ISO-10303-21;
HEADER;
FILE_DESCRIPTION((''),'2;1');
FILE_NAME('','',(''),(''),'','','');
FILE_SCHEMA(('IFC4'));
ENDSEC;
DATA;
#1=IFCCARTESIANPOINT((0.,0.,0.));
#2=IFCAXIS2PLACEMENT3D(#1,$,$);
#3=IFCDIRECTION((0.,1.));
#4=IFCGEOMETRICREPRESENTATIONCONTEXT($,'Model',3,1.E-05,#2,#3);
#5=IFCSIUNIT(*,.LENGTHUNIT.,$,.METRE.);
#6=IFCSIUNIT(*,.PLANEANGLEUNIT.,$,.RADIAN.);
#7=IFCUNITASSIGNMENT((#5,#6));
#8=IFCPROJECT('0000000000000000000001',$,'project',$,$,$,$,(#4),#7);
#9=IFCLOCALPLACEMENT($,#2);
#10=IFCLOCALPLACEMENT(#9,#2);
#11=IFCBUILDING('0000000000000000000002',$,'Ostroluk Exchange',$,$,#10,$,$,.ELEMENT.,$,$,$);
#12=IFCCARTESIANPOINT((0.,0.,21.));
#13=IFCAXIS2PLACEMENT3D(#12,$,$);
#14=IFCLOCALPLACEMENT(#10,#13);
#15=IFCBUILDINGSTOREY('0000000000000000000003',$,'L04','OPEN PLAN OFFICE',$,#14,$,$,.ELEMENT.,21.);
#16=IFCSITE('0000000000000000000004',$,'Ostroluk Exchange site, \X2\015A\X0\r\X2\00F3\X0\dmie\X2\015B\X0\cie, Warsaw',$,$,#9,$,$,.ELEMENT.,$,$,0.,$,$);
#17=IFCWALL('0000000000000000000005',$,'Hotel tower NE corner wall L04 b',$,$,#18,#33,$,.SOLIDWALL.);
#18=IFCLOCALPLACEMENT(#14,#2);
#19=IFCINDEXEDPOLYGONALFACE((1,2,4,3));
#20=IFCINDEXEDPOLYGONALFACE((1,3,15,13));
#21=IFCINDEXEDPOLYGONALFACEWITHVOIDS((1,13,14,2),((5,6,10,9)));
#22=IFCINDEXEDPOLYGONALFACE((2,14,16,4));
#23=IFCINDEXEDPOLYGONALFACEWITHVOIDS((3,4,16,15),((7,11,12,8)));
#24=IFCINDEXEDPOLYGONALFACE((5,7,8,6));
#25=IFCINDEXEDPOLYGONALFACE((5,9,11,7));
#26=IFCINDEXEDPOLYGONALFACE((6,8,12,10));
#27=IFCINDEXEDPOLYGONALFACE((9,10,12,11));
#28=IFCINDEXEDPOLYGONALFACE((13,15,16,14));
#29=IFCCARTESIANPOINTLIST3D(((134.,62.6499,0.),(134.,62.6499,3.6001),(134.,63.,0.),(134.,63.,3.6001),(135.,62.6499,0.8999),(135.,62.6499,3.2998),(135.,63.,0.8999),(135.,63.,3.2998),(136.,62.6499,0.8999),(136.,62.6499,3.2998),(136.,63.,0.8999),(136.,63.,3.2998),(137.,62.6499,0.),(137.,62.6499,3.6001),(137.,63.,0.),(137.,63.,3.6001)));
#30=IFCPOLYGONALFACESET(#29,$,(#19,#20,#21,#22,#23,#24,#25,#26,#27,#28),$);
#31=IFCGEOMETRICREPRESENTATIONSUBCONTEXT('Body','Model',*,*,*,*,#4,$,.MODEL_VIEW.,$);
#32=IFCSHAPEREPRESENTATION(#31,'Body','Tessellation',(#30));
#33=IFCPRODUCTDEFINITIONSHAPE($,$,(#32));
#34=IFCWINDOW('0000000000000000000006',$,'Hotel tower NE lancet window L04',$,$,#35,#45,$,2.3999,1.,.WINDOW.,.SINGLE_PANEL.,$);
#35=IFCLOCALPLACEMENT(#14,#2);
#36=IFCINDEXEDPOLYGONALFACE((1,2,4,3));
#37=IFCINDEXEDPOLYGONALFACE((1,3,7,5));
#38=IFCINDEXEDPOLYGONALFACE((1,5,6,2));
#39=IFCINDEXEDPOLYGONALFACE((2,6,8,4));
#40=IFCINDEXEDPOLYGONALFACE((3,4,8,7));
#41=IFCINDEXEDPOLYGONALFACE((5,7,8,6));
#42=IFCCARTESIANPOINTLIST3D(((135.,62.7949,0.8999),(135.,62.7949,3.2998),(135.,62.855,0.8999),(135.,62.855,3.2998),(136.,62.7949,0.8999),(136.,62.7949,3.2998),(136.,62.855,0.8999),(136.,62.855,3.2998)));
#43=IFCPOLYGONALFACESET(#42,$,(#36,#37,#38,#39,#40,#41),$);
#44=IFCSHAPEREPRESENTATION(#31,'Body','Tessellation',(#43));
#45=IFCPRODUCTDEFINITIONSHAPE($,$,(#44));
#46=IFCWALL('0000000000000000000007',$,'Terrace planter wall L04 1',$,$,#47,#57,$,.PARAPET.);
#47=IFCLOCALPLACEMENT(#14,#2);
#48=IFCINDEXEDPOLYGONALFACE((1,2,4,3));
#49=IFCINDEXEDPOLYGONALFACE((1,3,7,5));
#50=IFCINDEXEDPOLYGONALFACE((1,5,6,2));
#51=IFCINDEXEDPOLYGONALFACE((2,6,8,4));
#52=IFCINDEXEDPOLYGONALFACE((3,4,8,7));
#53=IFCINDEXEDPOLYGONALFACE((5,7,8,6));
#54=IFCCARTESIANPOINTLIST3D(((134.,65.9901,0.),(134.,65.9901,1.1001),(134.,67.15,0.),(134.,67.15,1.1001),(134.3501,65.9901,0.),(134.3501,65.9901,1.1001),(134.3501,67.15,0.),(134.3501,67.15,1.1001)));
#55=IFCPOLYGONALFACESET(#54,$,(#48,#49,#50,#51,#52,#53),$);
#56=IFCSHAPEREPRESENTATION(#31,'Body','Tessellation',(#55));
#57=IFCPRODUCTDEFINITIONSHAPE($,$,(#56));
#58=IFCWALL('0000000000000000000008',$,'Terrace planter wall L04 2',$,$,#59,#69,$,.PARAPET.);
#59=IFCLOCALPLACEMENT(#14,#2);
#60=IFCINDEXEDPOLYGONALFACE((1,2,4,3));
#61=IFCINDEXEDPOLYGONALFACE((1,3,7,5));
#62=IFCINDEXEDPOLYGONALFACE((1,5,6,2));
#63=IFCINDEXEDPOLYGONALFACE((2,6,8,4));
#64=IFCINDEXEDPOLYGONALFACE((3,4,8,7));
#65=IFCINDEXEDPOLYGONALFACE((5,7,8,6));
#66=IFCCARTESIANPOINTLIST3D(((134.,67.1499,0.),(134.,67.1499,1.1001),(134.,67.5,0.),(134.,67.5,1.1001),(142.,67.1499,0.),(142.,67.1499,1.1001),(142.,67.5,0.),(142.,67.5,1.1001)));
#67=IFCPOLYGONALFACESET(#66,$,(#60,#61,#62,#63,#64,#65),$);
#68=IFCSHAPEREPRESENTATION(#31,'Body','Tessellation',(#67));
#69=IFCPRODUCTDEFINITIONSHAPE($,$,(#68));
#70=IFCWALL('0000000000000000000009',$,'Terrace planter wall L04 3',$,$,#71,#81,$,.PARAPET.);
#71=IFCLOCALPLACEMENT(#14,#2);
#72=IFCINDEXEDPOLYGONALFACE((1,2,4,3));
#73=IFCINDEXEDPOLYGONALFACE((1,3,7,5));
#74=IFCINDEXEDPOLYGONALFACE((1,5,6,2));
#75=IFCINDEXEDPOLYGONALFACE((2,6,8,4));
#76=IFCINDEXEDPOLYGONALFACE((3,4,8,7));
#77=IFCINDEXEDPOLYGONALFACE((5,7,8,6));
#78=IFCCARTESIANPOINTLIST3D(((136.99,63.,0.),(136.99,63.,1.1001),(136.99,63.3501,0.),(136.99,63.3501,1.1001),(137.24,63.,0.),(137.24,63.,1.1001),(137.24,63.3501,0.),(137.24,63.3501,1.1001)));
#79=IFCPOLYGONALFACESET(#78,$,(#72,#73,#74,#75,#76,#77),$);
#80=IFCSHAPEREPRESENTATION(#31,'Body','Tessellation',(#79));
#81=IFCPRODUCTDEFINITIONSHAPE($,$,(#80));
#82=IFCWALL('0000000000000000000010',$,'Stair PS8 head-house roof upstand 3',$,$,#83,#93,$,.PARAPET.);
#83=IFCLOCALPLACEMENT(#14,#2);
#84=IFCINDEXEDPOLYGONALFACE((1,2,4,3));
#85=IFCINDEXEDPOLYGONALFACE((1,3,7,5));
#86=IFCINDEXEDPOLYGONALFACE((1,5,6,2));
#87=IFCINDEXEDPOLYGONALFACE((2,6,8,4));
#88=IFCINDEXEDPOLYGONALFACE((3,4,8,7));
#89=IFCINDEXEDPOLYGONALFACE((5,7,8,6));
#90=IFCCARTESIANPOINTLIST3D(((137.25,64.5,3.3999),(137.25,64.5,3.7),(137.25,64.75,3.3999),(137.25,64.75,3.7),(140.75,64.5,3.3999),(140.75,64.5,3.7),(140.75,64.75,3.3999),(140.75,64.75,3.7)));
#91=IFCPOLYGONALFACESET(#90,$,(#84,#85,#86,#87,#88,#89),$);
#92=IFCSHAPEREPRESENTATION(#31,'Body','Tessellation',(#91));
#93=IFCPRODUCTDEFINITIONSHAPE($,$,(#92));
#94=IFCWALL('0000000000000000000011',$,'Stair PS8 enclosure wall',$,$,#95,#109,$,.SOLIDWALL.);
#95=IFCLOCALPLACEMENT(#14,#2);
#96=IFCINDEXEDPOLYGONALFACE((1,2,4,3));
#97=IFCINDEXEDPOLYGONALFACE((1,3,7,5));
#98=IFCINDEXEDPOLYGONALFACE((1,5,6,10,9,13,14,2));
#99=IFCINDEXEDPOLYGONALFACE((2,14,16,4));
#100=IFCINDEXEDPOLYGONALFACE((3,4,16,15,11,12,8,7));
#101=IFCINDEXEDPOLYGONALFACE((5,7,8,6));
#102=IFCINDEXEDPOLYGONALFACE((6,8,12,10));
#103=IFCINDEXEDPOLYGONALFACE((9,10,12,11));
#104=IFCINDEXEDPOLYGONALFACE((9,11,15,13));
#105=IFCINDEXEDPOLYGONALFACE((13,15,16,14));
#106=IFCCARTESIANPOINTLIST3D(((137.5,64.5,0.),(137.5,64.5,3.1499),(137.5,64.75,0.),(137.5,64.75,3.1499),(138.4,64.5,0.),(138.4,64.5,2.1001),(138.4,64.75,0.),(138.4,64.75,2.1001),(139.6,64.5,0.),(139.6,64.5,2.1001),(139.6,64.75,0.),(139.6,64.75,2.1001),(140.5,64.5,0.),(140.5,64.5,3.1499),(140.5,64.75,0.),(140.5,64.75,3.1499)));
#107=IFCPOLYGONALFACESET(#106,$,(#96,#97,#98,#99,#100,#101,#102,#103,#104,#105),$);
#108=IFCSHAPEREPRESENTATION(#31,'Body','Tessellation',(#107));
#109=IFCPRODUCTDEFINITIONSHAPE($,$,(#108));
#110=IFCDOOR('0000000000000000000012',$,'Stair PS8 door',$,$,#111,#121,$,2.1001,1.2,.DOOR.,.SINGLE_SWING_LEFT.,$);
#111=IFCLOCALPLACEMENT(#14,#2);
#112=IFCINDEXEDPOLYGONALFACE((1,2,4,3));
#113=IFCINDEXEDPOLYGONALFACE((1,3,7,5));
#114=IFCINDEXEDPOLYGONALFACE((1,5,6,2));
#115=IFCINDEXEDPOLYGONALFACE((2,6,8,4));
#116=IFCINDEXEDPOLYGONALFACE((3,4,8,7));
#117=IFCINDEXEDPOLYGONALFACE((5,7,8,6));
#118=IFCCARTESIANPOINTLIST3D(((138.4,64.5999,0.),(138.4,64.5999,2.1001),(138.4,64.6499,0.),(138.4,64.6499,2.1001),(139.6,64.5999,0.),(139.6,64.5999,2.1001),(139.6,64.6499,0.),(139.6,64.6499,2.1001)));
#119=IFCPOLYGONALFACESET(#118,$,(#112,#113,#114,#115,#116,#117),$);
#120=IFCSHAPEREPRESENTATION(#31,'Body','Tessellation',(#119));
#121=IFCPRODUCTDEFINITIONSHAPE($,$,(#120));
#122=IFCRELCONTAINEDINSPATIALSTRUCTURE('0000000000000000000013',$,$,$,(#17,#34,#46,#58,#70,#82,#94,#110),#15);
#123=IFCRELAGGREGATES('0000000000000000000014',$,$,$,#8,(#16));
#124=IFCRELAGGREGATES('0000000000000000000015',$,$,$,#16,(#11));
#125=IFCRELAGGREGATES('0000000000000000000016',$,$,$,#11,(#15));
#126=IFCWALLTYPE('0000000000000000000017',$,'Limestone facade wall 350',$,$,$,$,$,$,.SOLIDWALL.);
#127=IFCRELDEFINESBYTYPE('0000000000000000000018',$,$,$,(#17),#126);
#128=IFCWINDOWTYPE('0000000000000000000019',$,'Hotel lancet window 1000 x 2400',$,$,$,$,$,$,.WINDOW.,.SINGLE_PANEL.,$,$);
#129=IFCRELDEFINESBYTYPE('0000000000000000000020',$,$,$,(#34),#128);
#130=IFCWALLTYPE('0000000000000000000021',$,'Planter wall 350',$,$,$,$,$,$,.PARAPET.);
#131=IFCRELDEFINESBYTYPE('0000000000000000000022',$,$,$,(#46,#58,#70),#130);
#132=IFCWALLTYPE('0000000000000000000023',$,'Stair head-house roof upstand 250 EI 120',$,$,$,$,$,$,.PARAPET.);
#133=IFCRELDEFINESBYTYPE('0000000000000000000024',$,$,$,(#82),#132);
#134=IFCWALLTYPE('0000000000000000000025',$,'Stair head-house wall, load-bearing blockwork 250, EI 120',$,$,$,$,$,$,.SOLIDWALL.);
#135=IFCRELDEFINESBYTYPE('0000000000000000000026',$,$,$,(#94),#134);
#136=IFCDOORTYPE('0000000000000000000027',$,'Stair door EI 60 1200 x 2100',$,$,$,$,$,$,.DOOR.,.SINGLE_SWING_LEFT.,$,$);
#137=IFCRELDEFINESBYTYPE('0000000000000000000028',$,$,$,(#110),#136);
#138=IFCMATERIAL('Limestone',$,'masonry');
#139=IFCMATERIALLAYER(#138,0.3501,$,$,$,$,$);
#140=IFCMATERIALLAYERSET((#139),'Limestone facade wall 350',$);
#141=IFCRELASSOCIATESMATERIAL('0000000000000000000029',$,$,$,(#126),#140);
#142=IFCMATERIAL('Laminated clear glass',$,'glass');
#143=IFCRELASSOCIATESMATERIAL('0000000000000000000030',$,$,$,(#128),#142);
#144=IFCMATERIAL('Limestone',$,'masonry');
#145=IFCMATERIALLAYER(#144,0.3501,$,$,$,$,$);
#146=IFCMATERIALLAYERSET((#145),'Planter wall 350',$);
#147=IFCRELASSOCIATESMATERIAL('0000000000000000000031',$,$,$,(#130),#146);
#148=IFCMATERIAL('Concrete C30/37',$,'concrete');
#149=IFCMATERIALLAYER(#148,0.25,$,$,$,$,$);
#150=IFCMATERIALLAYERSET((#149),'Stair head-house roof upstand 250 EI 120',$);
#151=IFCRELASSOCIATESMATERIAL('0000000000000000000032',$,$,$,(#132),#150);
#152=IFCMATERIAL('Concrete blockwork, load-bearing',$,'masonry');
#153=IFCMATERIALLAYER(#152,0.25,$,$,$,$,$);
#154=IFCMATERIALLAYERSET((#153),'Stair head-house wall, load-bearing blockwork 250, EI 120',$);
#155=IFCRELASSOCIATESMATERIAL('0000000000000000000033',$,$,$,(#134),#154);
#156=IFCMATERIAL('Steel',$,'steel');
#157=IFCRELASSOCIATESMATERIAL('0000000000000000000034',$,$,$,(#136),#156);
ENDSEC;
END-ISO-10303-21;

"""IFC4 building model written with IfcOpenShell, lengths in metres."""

from ifc_helpers import new_model, si_unit, direction, frame, frame_2d, origin, place, context, subcontext, project, spatial, rectangle, extrude, material, layer, layer_set, type_object, element, fill, save


model = new_model("IFC4")

# Units and contexts
model_context = context("Model", 3, precision=1e-05, world=origin(), true_north=direction((0.0, 1.0)))
body_context = subcontext(model_context, "Body", "Model", "MODEL_VIEW")
ifc_project = project(units=[si_unit("LENGTHUNIT", "METRE"), si_unit("PLANEANGLEUNIT", "RADIAN")], contexts=[model_context])

# Site, building, storey
site_placement = place(None, origin())
site = spatial("IfcSite", under=ifc_project, at=site_placement, Name="Ostroluk Exchange site, Śródmieście, Warsaw", CompositionType="ELEMENT", RefElevation=0.0)
building_placement = place(site_placement, origin())
building = spatial("IfcBuilding", under=site, at=building_placement, Name="Ostroluk Exchange", CompositionType="ELEMENT")
storey_placement = place(building_placement, frame((0.0, 0.0, 21.0)))
storey = spatial("IfcBuildingStorey", under=building, at=storey_placement, Name="L04", Description="OPEN PLAN OFFICE", CompositionType="ELEMENT", Elevation=21.0)

# Shared definitions
ifc_material_1 = material(Name="Limestone", Category="masonry")
ifc_layer_1 = layer(ifc_material_1, 0.3501)
ifc_layer_set_1 = layer_set([ifc_layer_1], Name="Limestone facade wall 350")
wall_type_1 = type_object("IfcWallType", Name="Limestone facade wall 350", PredefinedType="SOLIDWALL", material=ifc_layer_set_1)

# Wall, opening, window
wall_1_placement = place(storey_placement, frame((134.0, 62.825, 0.0), z_axis=(0.0, 0.0, 1.0), x_axis=(1.0, 0.0, 0.0)))
wall_1 = element("IfcWall", 1, at=wall_1_placement, inside=storey, type_object=wall_type_1, Name="Hotel tower NE corner wall L04 b", PredefinedType="SOLIDWALL", context=body_context, shape_type="SweptSolid", body=[
    extrude(rectangle(XDim=3.0, YDim=0.3501, at=frame_2d((1.5, 0.0))), origin(), (0.0, 0.0, 1.0), 3.6001),
])
opening_1_placement = place(wall_1_placement, frame((1.0, 0.0, 0.8999)))
opening_1 = element("IfcOpeningElement", 2, at=opening_1_placement, cuts=wall_1, PredefinedType="OPENING", context=body_context, shape_type="SweptSolid", body=[
    extrude(rectangle(XDim=1.0, YDim=2.3999, at=frame_2d((0.5, 1.2))), frame((0.0, 0.1851, 0.0), z_axis=(0.0, -1.0, 0.0), x_axis=(1.0, 0.0, 0.0)), (0.0, 0.0, 1.0), 0.3701),
])
ifc_material_2 = material(Name="Laminated clear glass", Category="glass")
window_type = type_object("IfcWindowType", Name="Hotel lancet window 1000 x 2400", PartitioningType="SINGLE_PANEL", PredefinedType="WINDOW", material=ifc_material_2)
window_placement = place(opening_1_placement, origin())
window = element("IfcWindow", 3, at=window_placement, inside=storey, type_object=window_type, Name="Hotel tower NE lancet window L04", OverallHeight=2.3999, OverallWidth=1.0, PartitioningType="SINGLE_PANEL", PredefinedType="WINDOW", context=body_context, shape_type="SweptSolid", body=[
    extrude(rectangle(XDim=1.0, YDim=2.3999, at=frame_2d((0.5, 1.2))), frame((0.0, 0.03, 0.0), z_axis=(0.0, -1.0, 0.0), x_axis=(1.0, 0.0, 0.0)), (0.0, 0.0, 1.0), 0.0601),
])
fill(opening_1, window)

# Walls
ifc_material_3 = material(Name="Limestone", Category="masonry")
ifc_layer_2 = layer(ifc_material_3, 0.3501)
ifc_layer_set_2 = layer_set([ifc_layer_2], Name="Planter wall 350")
wall_type_2 = type_object("IfcWallType", Name="Planter wall 350", PredefinedType="PARAPET", material=ifc_layer_set_2)
wall_2_placement = place(storey_placement, frame((134.175, 65.99, 0.0), z_axis=(0.0, 0.0, 1.0), x_axis=(0.0, 1.0, 0.0)))
element("IfcWall", 4, at=wall_2_placement, inside=storey, type_object=wall_type_2, Name="Terrace planter wall L04 1", PredefinedType="PARAPET", context=body_context, shape_type="SweptSolid", body=[
    extrude(rectangle(XDim=1.1599, YDim=0.3501, at=frame_2d((0.5801, 0.0))), origin(), (0.0, 0.0, 1.0), 1.1001),
])
wall_3_placement = place(storey_placement, frame((134.0, 67.325, 0.0), z_axis=(0.0, 0.0, 1.0), x_axis=(1.0, 0.0, 0.0)))
element("IfcWall", 5, at=wall_3_placement, inside=storey, type_object=wall_type_2, Name="Terrace planter wall L04 2", PredefinedType="PARAPET", context=body_context, shape_type="SweptSolid", body=[
    extrude(rectangle(XDim=8.0, YDim=0.3501, at=frame_2d((4.0, 0.0))), origin(), (0.0, 0.0, 1.0), 1.1001),
])
wall_4_placement = place(storey_placement, frame((137.115, 63.0, 0.0), z_axis=(0.0, 0.0, 1.0), x_axis=(0.0, 1.0, 0.0)))
element("IfcWall", 6, at=wall_4_placement, inside=storey, type_object=wall_type_2, Name="Terrace planter wall L04 3", PredefinedType="PARAPET", context=body_context, shape_type="SweptSolid", body=[
    extrude(rectangle(XDim=0.3501, YDim=0.25, at=frame_2d((0.175, 0.0))), origin(), (0.0, 0.0, 1.0), 1.1001),
])
ifc_material_4 = material(Name="Concrete C30/37", Category="concrete")
ifc_layer_3 = layer(ifc_material_4, 0.25)
ifc_layer_set_3 = layer_set([ifc_layer_3], Name="Stair head-house roof upstand 250 EI 120")
wall_type_3 = type_object("IfcWallType", Name="Stair head-house roof upstand 250 EI 120", PredefinedType="PARAPET", material=ifc_layer_set_3)
wall_5_placement = place(storey_placement, frame((137.25, 64.625, 3.3999), z_axis=(0.0, 0.0, 1.0), x_axis=(1.0, 0.0, 0.0)))
element("IfcWall", 7, at=wall_5_placement, inside=storey, type_object=wall_type_3, Name="Stair PS8 head-house roof upstand 3", PredefinedType="PARAPET", context=body_context, shape_type="SweptSolid", body=[
    extrude(rectangle(XDim=3.5, YDim=0.25, at=frame_2d((1.75, 0.0))), origin(), (0.0, 0.0, 1.0), 0.3),
])

# Wall, opening, door
ifc_material_5 = material(Name="Concrete blockwork, load-bearing", Category="masonry")
ifc_layer_4 = layer(ifc_material_5, 0.25)
ifc_layer_set_4 = layer_set([ifc_layer_4], Name="Stair head-house wall, load-bearing blockwork 250, EI 120")
wall_type_4 = type_object("IfcWallType", Name="Stair head-house wall, load-bearing blockwork 250, EI 120", PredefinedType="SOLIDWALL", material=ifc_layer_set_4)
wall_6_placement = place(storey_placement, frame((137.5, 64.625, 0.0), z_axis=(0.0, 0.0, 1.0), x_axis=(1.0, 0.0, 0.0)))
wall_6 = element("IfcWall", 8, at=wall_6_placement, inside=storey, type_object=wall_type_4, Name="Stair PS8 enclosure wall", PredefinedType="SOLIDWALL", context=body_context, shape_type="SweptSolid", body=[
    extrude(rectangle(XDim=3.0, YDim=0.25, at=frame_2d((1.5, 0.0))), origin(), (0.0, 0.0, 1.0), 3.1499),
])
opening_2_placement = place(wall_6_placement, frame((0.8999, 0.0, 0.0)))
opening_2 = element("IfcOpeningElement", 9, at=opening_2_placement, cuts=wall_6, PredefinedType="OPENING", context=body_context, shape_type="SweptSolid", body=[
    extrude(rectangle(XDim=1.2, YDim=2.1001, at=frame_2d((0.6001, 1.05))), frame((0.0, 0.135, 0.0), z_axis=(0.0, -1.0, 0.0), x_axis=(1.0, 0.0, 0.0)), (0.0, 0.0, 1.0), 0.27),
])
ifc_material_6 = material(Name="Steel", Category="steel")
door_type_1 = type_object("IfcDoorType", Name="Stair door EI 60 1200 x 2100", OperationType="SINGLE_SWING_LEFT", PredefinedType="DOOR", material=ifc_material_6)
door_1_placement = place(opening_2_placement, origin())
door_1 = element("IfcDoor", 10, at=door_1_placement, inside=storey, type_object=door_type_1, Name="Stair PS8 door", OperationType="SINGLE_SWING_LEFT", OverallHeight=2.1001, OverallWidth=1.2, PredefinedType="DOOR", context=body_context, shape_type="SweptSolid", body=[
    extrude(rectangle(XDim=1.2, YDim=2.1001, at=frame_2d((0.6001, 1.05))), frame((0.0, 0.0249, 0.0), z_axis=(0.0, -1.0, 0.0), x_axis=(1.0, 0.0, 0.0)), (0.0, 0.0, 1.0), 0.05),
])
fill(opening_2, door_1)

save(model, "model.ifc")
